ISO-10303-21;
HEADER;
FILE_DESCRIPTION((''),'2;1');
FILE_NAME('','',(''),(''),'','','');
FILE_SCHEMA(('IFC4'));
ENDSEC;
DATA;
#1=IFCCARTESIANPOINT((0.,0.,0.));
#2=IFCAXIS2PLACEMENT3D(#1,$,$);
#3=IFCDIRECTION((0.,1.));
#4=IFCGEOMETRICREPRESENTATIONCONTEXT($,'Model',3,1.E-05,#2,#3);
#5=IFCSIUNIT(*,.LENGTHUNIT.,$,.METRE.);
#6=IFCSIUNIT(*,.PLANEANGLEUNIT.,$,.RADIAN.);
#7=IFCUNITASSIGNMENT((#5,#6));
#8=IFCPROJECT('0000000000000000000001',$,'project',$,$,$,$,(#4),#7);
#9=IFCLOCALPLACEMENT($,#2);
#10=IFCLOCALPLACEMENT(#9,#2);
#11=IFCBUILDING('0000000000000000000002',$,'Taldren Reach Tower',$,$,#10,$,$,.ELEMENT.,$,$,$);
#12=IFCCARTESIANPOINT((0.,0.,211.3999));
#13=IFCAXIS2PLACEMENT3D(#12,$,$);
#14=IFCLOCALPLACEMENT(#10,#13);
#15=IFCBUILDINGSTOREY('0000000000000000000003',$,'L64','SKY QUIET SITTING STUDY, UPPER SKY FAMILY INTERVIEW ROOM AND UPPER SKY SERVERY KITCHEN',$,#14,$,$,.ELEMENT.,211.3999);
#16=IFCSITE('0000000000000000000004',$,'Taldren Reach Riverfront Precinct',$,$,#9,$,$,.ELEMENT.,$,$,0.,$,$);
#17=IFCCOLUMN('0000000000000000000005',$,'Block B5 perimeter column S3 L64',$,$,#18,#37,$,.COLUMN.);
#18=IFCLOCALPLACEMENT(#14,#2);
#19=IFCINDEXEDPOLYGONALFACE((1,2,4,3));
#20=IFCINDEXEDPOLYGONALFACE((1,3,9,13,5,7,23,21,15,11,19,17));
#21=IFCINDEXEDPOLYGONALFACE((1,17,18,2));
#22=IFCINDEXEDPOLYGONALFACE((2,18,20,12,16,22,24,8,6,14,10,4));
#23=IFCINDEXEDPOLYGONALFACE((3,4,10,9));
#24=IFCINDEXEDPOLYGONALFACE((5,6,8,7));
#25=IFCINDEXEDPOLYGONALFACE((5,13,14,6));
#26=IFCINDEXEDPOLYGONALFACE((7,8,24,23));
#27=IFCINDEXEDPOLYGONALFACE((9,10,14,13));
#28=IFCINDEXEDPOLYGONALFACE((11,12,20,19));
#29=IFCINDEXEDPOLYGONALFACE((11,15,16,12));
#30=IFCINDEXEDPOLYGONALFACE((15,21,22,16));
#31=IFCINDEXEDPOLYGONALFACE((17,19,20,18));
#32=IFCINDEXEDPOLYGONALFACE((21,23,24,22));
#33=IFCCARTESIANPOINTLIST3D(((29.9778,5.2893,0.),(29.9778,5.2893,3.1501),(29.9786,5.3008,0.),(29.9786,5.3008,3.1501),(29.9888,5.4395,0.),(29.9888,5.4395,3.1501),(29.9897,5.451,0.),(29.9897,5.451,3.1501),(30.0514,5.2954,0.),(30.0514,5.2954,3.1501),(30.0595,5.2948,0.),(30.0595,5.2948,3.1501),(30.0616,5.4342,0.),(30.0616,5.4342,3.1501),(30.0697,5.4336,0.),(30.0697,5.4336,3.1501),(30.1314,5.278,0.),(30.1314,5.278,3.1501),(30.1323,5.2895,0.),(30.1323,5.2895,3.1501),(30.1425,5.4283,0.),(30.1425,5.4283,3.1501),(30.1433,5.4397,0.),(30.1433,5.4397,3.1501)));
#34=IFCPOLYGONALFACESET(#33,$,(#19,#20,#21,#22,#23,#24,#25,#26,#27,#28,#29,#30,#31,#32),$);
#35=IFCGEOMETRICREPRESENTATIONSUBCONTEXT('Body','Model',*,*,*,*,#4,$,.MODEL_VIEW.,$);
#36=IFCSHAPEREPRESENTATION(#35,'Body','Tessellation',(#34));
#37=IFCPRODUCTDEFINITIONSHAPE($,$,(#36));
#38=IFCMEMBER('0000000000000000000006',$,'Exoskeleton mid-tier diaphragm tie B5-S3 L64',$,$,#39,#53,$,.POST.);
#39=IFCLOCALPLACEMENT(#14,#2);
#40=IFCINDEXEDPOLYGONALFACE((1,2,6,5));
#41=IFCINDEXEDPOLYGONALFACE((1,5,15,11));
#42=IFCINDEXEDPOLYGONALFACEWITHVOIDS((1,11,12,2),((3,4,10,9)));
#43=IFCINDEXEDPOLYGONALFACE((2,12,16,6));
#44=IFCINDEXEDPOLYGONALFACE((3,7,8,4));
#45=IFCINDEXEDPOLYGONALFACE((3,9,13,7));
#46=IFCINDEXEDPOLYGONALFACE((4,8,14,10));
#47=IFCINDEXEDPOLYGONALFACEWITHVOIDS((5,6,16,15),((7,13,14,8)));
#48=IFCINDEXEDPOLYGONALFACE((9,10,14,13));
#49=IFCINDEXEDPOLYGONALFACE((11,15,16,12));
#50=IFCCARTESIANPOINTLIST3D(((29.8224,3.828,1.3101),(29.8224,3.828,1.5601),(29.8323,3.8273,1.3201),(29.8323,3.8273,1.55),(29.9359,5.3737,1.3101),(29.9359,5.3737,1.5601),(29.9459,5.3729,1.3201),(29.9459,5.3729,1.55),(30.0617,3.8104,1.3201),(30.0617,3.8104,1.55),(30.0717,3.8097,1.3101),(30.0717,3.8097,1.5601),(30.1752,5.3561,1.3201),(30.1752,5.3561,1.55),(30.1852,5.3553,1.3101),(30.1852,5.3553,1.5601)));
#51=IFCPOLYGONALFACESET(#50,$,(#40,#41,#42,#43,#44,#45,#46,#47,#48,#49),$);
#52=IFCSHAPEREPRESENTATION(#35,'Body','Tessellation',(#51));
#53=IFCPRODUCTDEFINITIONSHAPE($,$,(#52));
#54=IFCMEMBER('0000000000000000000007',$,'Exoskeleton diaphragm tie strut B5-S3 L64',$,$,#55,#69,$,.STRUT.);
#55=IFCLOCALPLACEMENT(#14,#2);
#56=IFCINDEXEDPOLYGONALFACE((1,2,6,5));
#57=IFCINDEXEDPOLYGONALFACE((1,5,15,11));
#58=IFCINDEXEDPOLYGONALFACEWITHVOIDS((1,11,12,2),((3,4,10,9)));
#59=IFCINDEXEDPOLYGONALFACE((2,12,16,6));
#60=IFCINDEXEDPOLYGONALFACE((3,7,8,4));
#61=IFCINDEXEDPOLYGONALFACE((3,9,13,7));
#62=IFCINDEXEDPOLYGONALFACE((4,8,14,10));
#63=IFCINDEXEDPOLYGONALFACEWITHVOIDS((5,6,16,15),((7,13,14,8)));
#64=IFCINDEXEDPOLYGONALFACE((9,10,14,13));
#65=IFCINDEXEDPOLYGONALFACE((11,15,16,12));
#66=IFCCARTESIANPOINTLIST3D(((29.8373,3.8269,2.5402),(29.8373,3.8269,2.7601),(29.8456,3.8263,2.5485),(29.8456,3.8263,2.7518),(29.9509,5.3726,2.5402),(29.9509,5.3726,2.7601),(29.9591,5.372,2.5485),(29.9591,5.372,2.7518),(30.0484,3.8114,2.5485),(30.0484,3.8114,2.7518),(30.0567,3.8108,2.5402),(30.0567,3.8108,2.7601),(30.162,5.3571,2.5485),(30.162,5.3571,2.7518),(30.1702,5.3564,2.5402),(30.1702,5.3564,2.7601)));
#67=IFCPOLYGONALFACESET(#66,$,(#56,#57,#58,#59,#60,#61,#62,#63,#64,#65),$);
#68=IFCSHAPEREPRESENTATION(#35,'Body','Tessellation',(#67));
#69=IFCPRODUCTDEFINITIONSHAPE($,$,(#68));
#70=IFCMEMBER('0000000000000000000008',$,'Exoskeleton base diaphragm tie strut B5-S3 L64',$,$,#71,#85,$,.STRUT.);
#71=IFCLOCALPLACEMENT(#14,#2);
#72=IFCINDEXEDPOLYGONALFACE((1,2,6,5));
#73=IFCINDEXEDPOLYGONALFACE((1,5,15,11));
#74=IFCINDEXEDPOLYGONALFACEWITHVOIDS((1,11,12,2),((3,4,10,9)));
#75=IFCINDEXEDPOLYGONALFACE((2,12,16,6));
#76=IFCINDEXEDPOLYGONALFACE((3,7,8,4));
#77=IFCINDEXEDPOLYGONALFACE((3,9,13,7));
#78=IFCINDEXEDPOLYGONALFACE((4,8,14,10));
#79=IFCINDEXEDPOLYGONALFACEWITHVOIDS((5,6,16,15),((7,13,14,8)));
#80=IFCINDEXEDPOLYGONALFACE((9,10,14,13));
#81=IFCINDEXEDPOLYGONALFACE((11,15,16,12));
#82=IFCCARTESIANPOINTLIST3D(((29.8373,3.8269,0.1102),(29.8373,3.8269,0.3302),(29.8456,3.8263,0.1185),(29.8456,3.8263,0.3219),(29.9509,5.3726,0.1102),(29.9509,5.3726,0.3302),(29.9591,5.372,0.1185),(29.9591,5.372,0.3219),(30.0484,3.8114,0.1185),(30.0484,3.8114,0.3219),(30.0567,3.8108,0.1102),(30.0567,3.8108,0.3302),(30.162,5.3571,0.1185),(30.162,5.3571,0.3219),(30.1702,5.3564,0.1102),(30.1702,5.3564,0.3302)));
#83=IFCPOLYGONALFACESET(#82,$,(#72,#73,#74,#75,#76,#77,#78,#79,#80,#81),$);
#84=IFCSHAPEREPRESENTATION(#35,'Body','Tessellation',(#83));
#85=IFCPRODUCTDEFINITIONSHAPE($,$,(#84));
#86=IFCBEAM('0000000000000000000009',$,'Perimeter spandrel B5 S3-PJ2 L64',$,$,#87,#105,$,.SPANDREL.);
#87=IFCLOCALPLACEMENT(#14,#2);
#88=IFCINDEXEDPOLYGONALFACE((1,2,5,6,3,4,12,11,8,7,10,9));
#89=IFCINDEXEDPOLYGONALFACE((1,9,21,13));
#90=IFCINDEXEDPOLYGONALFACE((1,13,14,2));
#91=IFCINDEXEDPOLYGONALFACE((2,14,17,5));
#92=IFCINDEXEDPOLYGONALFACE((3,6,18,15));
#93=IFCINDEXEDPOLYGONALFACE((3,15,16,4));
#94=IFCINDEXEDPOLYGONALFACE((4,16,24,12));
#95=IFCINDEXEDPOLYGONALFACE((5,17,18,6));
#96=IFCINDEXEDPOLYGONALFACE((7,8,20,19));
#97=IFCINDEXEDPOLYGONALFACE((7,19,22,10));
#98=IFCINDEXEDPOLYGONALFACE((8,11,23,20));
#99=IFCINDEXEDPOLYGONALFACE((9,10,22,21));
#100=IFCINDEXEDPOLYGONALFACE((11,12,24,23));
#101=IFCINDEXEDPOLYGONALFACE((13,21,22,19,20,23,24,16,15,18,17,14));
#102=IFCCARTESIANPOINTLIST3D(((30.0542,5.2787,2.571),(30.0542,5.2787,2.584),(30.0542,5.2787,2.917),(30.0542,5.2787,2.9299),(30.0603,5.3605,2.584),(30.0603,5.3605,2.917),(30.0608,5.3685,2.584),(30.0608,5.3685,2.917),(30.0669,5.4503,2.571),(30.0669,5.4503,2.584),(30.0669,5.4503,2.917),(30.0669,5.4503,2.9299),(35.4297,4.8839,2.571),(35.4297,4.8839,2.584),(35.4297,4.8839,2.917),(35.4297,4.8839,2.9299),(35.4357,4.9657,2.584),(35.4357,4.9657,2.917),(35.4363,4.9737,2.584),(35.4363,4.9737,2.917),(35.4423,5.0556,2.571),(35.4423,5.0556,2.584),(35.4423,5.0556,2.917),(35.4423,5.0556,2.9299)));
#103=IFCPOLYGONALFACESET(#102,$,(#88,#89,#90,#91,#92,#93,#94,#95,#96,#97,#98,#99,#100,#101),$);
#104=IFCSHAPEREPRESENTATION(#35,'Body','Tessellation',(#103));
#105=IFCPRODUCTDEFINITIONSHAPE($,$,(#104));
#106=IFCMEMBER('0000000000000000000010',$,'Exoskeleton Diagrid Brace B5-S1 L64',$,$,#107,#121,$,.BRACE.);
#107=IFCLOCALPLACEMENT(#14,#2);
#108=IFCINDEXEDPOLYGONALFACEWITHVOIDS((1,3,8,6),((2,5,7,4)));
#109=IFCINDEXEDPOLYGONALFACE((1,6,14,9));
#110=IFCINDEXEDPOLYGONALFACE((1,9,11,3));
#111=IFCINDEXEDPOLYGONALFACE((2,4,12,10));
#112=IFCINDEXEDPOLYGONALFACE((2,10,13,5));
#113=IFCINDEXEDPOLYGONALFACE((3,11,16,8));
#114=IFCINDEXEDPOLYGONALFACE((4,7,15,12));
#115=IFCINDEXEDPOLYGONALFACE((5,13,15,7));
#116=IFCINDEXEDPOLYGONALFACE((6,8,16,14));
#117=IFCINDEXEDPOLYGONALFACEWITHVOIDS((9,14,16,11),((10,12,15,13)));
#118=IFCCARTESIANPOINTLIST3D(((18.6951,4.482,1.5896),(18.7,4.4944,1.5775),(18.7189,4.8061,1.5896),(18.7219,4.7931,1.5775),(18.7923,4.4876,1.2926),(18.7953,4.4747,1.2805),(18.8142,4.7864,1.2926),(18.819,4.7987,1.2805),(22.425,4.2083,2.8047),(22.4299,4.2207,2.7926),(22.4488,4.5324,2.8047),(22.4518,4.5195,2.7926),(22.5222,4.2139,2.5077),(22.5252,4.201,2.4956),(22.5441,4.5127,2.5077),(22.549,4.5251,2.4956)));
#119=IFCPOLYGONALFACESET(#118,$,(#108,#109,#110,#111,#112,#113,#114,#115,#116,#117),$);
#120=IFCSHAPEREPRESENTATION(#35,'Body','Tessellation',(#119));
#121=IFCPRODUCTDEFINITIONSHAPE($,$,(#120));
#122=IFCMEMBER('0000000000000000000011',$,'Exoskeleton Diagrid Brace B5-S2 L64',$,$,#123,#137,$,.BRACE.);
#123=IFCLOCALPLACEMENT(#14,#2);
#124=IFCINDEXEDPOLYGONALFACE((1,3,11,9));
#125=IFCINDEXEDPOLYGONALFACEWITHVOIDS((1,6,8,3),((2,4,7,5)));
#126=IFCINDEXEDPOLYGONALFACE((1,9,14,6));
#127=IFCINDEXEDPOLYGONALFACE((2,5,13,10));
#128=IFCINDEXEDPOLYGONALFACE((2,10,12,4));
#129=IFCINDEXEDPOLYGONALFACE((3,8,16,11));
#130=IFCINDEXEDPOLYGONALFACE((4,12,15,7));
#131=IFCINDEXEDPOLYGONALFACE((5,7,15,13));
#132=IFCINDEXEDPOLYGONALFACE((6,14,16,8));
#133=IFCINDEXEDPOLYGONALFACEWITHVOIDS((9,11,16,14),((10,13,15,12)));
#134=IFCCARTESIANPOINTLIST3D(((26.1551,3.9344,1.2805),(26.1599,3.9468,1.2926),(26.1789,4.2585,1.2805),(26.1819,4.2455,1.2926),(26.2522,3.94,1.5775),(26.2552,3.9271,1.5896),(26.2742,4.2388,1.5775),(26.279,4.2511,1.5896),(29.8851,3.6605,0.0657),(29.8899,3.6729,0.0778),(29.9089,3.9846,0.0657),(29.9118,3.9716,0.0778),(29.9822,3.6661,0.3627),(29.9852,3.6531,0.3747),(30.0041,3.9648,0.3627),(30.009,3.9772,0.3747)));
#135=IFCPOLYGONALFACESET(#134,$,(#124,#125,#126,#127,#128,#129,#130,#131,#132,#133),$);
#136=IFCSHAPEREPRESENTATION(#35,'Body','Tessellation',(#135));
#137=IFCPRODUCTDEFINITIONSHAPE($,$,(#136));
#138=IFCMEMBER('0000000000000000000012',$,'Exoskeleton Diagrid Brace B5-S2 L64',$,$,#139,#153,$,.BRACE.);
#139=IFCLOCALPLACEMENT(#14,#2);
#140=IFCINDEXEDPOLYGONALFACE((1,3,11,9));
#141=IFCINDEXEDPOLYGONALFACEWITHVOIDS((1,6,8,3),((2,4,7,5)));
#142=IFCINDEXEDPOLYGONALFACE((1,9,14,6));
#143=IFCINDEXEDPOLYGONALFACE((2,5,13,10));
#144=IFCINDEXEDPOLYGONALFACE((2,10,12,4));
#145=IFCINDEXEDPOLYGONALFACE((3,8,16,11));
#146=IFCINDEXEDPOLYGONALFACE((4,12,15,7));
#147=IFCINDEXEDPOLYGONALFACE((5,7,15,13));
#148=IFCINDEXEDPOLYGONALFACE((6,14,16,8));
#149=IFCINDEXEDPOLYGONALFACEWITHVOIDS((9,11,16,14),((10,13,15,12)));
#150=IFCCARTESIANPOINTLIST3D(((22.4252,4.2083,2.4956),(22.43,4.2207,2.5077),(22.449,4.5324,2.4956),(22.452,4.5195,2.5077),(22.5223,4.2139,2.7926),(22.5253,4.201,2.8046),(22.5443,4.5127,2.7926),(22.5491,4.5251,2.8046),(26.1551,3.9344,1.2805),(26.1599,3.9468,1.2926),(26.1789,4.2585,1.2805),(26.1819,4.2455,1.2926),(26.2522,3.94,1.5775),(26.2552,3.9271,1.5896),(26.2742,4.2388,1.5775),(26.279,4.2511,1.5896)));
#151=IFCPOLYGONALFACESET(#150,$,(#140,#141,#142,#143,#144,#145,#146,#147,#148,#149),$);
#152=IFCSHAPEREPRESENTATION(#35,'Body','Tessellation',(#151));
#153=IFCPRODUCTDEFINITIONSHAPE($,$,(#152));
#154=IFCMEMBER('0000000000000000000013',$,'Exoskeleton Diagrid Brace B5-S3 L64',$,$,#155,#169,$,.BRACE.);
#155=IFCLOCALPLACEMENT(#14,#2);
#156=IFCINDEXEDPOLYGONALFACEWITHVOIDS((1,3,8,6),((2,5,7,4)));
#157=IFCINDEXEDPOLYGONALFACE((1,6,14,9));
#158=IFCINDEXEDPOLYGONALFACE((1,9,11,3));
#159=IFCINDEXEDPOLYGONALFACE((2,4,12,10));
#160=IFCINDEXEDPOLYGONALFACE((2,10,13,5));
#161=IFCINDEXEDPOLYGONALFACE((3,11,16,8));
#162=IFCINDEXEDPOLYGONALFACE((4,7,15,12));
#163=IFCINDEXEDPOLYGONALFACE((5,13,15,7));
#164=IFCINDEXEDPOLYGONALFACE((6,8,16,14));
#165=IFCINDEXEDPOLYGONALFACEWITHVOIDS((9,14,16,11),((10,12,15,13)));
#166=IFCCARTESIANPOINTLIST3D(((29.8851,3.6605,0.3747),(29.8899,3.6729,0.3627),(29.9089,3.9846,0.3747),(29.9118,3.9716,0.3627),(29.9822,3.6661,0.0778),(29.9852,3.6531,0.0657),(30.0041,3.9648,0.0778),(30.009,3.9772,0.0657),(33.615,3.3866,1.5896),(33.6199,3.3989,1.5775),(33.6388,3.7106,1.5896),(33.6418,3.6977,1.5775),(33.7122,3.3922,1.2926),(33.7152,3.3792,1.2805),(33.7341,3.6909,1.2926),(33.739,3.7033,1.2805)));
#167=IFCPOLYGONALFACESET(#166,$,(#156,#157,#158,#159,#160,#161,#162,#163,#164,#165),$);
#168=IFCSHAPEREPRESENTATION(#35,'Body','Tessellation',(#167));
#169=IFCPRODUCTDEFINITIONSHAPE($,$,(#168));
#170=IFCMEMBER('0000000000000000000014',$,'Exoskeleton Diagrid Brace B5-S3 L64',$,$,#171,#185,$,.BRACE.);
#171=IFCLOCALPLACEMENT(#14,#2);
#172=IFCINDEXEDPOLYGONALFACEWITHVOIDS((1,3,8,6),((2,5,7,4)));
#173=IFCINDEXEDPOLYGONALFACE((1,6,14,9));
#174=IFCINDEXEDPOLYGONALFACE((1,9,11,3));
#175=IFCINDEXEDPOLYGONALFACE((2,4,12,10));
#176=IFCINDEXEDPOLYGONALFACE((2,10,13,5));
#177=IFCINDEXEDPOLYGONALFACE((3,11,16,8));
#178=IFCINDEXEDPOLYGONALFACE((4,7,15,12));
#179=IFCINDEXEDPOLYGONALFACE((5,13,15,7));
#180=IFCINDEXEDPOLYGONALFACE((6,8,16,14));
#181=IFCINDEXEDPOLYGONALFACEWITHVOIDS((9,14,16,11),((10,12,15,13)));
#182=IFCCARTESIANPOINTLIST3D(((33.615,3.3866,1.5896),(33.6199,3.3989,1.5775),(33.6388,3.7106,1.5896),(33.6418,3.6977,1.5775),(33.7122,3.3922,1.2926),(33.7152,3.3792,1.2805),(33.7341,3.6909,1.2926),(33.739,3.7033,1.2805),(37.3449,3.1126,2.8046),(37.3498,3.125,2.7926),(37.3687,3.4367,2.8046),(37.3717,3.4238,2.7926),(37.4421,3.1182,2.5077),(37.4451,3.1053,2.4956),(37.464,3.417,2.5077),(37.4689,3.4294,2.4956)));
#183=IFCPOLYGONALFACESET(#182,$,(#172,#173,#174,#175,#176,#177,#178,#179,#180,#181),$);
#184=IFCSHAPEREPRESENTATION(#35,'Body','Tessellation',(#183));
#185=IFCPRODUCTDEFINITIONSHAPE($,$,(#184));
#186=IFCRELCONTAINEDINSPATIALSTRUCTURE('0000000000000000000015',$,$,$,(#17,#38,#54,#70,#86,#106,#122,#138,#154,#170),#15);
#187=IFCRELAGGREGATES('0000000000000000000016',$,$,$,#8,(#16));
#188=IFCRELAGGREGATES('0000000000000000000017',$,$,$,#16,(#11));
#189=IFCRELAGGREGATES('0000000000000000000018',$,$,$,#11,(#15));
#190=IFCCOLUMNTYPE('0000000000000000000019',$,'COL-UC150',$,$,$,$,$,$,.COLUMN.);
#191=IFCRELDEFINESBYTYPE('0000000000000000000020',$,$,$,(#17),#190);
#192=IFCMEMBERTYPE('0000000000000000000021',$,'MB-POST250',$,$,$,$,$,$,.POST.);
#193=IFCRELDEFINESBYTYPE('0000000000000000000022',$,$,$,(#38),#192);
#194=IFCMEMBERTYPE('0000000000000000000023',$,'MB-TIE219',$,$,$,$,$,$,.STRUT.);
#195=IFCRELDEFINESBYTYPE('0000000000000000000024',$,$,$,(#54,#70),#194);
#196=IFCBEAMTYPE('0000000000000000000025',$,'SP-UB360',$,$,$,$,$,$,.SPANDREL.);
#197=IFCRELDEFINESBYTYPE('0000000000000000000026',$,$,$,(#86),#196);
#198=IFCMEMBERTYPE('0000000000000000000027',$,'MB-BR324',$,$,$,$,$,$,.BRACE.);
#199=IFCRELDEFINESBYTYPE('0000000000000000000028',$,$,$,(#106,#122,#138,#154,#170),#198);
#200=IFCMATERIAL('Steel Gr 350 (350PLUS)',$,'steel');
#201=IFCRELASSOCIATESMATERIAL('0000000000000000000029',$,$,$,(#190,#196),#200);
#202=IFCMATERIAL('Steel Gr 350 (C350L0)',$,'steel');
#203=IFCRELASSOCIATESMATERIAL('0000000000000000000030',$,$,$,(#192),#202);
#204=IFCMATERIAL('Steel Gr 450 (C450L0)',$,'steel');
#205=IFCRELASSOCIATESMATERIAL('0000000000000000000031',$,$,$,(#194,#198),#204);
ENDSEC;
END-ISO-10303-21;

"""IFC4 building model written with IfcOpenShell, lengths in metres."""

from ifc_helpers import new_model, si_unit, direction, frame, origin, origin_2d, place, context, subcontext, project, spatial, hollow_rectangle, i_section, extrude, source, transform, mapped, material, material_profile, profile_set, type_object, element, save


model = new_model("IFC4")

# Units and contexts
model_context = context("Model", 3, precision=1e-05, world=origin(), true_north=direction((0.0, 1.0)))
body_context = subcontext(model_context, "Body", "Model", "MODEL_VIEW")
ifc_project = project(units=[si_unit("LENGTHUNIT", "METRE"), si_unit("PLANEANGLEUNIT", "RADIAN")], contexts=[model_context])

# Site, building, storey
site_placement = place(None, origin())
site = spatial("IfcSite", under=ifc_project, at=site_placement, Name="Taldren Reach Riverfront Precinct", CompositionType="ELEMENT", RefElevation=0.0)
building_placement = place(site_placement, origin())
building = spatial("IfcBuilding", under=site, at=building_placement, Name="Taldren Reach Tower", CompositionType="ELEMENT")
storey_placement = place(building_placement, frame((0.0, 0.0, 211.3999)))
storey = spatial("IfcBuildingStorey", under=building, at=storey_placement, Name="L64", Description="SKY QUIET SITTING STUDY, UPPER SKY FAMILY INTERVIEW ROOM AND UPPER SKY SERVERY KITCHEN", CompositionType="ELEMENT", Elevation=211.3999)

# Column
ifc_material_1 = material(Name="Steel Gr 350 (350PLUS)", Category="steel")
ifc_material_profile_1 = material_profile(ifc_material_1, i_section(OverallWidth=0.1541, OverallDepth=0.1621, WebThickness=0.0081, FlangeThickness=0.0115, at=origin_2d()), Name="150UC37.2")
ifc_profile_set_1 = profile_set([ifc_material_profile_1], Name="Steel Gr 350 (350PLUS)")
column_type = type_object("IfcColumnType", Name="COL-UC150", PredefinedType="COLUMN", material=ifc_profile_set_1)
shared_shape_1 = source(origin(), body_context, "Body", "SweptSolid", [
    extrude(i_section(OverallWidth=0.1541, OverallDepth=0.1621, WebThickness=0.0081, FlangeThickness=0.0115, at=origin_2d()), origin(), (0.0, 0.0, 1.0), 3.1501),
])
column_placement = place(storey_placement, frame((30.0605, 5.3645, 0.0), z_axis=(0.0, 0.0, 1.0), x_axis=(0.997314, -0.073238, 0.0)))
element("IfcColumn", 1, at=column_placement, inside=storey, type_object=column_type, Name="Block B5 perimeter column S3 L64", PredefinedType="COLUMN", context=body_context, shape_type="MappedRepresentation", body=[
    mapped(shared_shape_1, transform((0.0, 0.0, 0.0), scale=1.0)),
])

# Members
ifc_material_2 = material(Name="Steel Gr 350 (C350L0)", Category="steel")
ifc_material_profile_2 = material_profile(ifc_material_2, hollow_rectangle(XDim=0.25, YDim=0.25, WallThickness=0.01, at=origin_2d()), Name="250x250x10.0SHS")
ifc_profile_set_2 = profile_set([ifc_material_profile_2], Name="Steel Gr 350 (C350L0)")
member_type_1 = type_object("IfcMemberType", Name="MB-POST250", PredefinedType="POST", material=ifc_profile_set_2)
shared_shape_2 = source(origin(), body_context, "Body", "SweptSolid", [
    extrude(hollow_rectangle(XDim=0.25, YDim=0.25, WallThickness=0.01, at=origin_2d()), origin(), (0.0, 0.0, 1.0), 1.5498),
])
member_1_placement = place(storey_placement, frame((30.0605, 5.3645, 1.4351), z_axis=(-0.073251, -0.997314, 0.0), x_axis=(0.997314, -0.073251, 0.0)))
element("IfcMember", 2, at=member_1_placement, inside=storey, type_object=member_type_1, Name="Exoskeleton mid-tier diaphragm tie B5-S3 L64", PredefinedType="POST", context=body_context, shape_type="MappedRepresentation", body=[
    mapped(shared_shape_2, transform((0.0, 0.0, 0.0), scale=1.0)),
])
ifc_material_3 = material(Name="Steel Gr 450 (C450L0)", Category="steel")
ifc_material_profile_3 = material_profile(ifc_material_3, hollow_rectangle(XDim=0.22, YDim=0.22, WallThickness=0.0083, at=origin_2d()), Name="220x220x8.2SHS")
ifc_profile_set_3 = profile_set([ifc_material_profile_3], Name="Steel Gr 450 (C450L0)")
member_type_2 = type_object("IfcMemberType", Name="MB-TIE219", PredefinedType="STRUT", material=ifc_profile_set_3)
shared_shape_3 = source(origin(), body_context, "Body", "SweptSolid", [
    extrude(hollow_rectangle(XDim=0.22, YDim=0.22, WallThickness=0.0083, at=origin_2d()), origin(), (0.0, 0.0, 1.0), 1.5498),
])
for number, where, z_axis, x_axis, name in (
    (3, (30.0605, 5.3645, 2.6501), (-0.073251, -0.997314, 0.0), (0.997314, -0.073251, 0.0), "Exoskeleton diaphragm tie strut B5-S3 L64"),
    (4, (30.0605, 5.3645, 0.2202), (-0.073251, -0.997314, 0.0), (0.997314, -0.073251, 0.0), "Exoskeleton base diaphragm tie strut B5-S3 L64"),
):
    element("IfcMember", number, at=place(storey_placement, frame(where, z_axis=z_axis, x_axis=x_axis)), inside=storey, type_object=member_type_2, Name=name, PredefinedType="STRUT", context=body_context, shape_type="MappedRepresentation", body=[
        mapped(shared_shape_3, transform((0.0, 0.0, 0.0), scale=1.0)),
    ])

# Beam
ifc_material_profile_4 = material_profile(ifc_material_1, i_section(OverallWidth=0.1721, OverallDepth=0.3589, WebThickness=0.0081, FlangeThickness=0.0129, at=origin_2d()), Name="360UB56.7")
ifc_profile_set_4 = profile_set([ifc_material_profile_4], Name="Steel Gr 350 (350PLUS)")
beam_type = type_object("IfcBeamType", Name="SP-UB360", PredefinedType="SPANDREL", material=ifc_profile_set_4)
shared_shape_4 = source(origin(), body_context, "Body", "SweptSolid", [
    extrude(i_section(OverallWidth=0.1721, OverallDepth=0.3589, WebThickness=0.0081, FlangeThickness=0.0129, at=origin_2d()), origin(), (0.0, 0.0, 1.0), 5.3899),
])
beam_placement = place(storey_placement, frame((30.0605, 5.3645, 2.7505), z_axis=(0.997314, -0.073243, 0.0), x_axis=(0.073243, 0.997314, 0.0)))
element("IfcBeam", 5, at=beam_placement, inside=storey, type_object=beam_type, Name="Perimeter spandrel B5 S3-PJ2 L64", PredefinedType="SPANDREL", context=body_context, shape_type="MappedRepresentation", body=[
    mapped(shared_shape_4, transform((0.0, 0.0, 0.0), scale=1.0)),
])

# Members
ifc_material_profile_5 = material_profile(ifc_material_3, hollow_rectangle(XDim=0.325, YDim=0.325, WallThickness=0.0127, at=origin_2d()), Name="325x325x12.7SHS")
ifc_profile_set_5 = profile_set([ifc_material_profile_5], Name="Steel Gr 450 (C450L0)")
member_type_3 = type_object("IfcMemberType", Name="MB-BR324", PredefinedType="BRACE", material=ifc_profile_set_5)
shared_shape_5 = source(origin(), body_context, "Body", "SweptSolid", [
    extrude(hollow_rectangle(XDim=0.325, YDim=0.325, WallThickness=0.0127, at=origin_2d()), origin(), (0.0, 0.0, 1.0), 3.9324),
])
for number, where, z_axis, x_axis, name in (
    (6, (18.7571, 4.6404, 1.4351), (0.948515, -0.069596, 0.308991), (0.073177, 0.997319, 0.0), "Exoskeleton Diagrid Brace B5-S1 L64"),
    (7, (29.947, 3.8188, 0.2202), (-0.948529, 0.069659, 0.308933), (-0.073242, -0.997314, 0.0), "Exoskeleton Diagrid Brace B5-S2 L64"),
    (8, (26.217, 4.0928, 1.4351), (-0.948511, 0.069658, 0.308989), (-0.073242, -0.997314, 0.0), "Exoskeleton Diagrid Brace B5-S2 L64"),
    (9, (29.947, 3.8188, 0.2202), (0.948529, -0.069659, 0.308933), (0.073242, 0.997314, 0.0), "Exoskeleton Diagrid Brace B5-S3 L64"),
    (10, (33.677, 3.5449, 1.4351), (0.948511, -0.069658, 0.308989), (0.073242, 0.997314, 0.0), "Exoskeleton Diagrid Brace B5-S3 L64"),
):
    element("IfcMember", number, at=place(storey_placement, frame(where, z_axis=z_axis, x_axis=x_axis)), inside=storey, type_object=member_type_3, Name=name, PredefinedType="BRACE", context=body_context, shape_type="MappedRepresentation", body=[
        mapped(shared_shape_5, transform((0.0, 0.0, 0.0), scale=1.0)),
    ])

save(model, "model.ifc")
